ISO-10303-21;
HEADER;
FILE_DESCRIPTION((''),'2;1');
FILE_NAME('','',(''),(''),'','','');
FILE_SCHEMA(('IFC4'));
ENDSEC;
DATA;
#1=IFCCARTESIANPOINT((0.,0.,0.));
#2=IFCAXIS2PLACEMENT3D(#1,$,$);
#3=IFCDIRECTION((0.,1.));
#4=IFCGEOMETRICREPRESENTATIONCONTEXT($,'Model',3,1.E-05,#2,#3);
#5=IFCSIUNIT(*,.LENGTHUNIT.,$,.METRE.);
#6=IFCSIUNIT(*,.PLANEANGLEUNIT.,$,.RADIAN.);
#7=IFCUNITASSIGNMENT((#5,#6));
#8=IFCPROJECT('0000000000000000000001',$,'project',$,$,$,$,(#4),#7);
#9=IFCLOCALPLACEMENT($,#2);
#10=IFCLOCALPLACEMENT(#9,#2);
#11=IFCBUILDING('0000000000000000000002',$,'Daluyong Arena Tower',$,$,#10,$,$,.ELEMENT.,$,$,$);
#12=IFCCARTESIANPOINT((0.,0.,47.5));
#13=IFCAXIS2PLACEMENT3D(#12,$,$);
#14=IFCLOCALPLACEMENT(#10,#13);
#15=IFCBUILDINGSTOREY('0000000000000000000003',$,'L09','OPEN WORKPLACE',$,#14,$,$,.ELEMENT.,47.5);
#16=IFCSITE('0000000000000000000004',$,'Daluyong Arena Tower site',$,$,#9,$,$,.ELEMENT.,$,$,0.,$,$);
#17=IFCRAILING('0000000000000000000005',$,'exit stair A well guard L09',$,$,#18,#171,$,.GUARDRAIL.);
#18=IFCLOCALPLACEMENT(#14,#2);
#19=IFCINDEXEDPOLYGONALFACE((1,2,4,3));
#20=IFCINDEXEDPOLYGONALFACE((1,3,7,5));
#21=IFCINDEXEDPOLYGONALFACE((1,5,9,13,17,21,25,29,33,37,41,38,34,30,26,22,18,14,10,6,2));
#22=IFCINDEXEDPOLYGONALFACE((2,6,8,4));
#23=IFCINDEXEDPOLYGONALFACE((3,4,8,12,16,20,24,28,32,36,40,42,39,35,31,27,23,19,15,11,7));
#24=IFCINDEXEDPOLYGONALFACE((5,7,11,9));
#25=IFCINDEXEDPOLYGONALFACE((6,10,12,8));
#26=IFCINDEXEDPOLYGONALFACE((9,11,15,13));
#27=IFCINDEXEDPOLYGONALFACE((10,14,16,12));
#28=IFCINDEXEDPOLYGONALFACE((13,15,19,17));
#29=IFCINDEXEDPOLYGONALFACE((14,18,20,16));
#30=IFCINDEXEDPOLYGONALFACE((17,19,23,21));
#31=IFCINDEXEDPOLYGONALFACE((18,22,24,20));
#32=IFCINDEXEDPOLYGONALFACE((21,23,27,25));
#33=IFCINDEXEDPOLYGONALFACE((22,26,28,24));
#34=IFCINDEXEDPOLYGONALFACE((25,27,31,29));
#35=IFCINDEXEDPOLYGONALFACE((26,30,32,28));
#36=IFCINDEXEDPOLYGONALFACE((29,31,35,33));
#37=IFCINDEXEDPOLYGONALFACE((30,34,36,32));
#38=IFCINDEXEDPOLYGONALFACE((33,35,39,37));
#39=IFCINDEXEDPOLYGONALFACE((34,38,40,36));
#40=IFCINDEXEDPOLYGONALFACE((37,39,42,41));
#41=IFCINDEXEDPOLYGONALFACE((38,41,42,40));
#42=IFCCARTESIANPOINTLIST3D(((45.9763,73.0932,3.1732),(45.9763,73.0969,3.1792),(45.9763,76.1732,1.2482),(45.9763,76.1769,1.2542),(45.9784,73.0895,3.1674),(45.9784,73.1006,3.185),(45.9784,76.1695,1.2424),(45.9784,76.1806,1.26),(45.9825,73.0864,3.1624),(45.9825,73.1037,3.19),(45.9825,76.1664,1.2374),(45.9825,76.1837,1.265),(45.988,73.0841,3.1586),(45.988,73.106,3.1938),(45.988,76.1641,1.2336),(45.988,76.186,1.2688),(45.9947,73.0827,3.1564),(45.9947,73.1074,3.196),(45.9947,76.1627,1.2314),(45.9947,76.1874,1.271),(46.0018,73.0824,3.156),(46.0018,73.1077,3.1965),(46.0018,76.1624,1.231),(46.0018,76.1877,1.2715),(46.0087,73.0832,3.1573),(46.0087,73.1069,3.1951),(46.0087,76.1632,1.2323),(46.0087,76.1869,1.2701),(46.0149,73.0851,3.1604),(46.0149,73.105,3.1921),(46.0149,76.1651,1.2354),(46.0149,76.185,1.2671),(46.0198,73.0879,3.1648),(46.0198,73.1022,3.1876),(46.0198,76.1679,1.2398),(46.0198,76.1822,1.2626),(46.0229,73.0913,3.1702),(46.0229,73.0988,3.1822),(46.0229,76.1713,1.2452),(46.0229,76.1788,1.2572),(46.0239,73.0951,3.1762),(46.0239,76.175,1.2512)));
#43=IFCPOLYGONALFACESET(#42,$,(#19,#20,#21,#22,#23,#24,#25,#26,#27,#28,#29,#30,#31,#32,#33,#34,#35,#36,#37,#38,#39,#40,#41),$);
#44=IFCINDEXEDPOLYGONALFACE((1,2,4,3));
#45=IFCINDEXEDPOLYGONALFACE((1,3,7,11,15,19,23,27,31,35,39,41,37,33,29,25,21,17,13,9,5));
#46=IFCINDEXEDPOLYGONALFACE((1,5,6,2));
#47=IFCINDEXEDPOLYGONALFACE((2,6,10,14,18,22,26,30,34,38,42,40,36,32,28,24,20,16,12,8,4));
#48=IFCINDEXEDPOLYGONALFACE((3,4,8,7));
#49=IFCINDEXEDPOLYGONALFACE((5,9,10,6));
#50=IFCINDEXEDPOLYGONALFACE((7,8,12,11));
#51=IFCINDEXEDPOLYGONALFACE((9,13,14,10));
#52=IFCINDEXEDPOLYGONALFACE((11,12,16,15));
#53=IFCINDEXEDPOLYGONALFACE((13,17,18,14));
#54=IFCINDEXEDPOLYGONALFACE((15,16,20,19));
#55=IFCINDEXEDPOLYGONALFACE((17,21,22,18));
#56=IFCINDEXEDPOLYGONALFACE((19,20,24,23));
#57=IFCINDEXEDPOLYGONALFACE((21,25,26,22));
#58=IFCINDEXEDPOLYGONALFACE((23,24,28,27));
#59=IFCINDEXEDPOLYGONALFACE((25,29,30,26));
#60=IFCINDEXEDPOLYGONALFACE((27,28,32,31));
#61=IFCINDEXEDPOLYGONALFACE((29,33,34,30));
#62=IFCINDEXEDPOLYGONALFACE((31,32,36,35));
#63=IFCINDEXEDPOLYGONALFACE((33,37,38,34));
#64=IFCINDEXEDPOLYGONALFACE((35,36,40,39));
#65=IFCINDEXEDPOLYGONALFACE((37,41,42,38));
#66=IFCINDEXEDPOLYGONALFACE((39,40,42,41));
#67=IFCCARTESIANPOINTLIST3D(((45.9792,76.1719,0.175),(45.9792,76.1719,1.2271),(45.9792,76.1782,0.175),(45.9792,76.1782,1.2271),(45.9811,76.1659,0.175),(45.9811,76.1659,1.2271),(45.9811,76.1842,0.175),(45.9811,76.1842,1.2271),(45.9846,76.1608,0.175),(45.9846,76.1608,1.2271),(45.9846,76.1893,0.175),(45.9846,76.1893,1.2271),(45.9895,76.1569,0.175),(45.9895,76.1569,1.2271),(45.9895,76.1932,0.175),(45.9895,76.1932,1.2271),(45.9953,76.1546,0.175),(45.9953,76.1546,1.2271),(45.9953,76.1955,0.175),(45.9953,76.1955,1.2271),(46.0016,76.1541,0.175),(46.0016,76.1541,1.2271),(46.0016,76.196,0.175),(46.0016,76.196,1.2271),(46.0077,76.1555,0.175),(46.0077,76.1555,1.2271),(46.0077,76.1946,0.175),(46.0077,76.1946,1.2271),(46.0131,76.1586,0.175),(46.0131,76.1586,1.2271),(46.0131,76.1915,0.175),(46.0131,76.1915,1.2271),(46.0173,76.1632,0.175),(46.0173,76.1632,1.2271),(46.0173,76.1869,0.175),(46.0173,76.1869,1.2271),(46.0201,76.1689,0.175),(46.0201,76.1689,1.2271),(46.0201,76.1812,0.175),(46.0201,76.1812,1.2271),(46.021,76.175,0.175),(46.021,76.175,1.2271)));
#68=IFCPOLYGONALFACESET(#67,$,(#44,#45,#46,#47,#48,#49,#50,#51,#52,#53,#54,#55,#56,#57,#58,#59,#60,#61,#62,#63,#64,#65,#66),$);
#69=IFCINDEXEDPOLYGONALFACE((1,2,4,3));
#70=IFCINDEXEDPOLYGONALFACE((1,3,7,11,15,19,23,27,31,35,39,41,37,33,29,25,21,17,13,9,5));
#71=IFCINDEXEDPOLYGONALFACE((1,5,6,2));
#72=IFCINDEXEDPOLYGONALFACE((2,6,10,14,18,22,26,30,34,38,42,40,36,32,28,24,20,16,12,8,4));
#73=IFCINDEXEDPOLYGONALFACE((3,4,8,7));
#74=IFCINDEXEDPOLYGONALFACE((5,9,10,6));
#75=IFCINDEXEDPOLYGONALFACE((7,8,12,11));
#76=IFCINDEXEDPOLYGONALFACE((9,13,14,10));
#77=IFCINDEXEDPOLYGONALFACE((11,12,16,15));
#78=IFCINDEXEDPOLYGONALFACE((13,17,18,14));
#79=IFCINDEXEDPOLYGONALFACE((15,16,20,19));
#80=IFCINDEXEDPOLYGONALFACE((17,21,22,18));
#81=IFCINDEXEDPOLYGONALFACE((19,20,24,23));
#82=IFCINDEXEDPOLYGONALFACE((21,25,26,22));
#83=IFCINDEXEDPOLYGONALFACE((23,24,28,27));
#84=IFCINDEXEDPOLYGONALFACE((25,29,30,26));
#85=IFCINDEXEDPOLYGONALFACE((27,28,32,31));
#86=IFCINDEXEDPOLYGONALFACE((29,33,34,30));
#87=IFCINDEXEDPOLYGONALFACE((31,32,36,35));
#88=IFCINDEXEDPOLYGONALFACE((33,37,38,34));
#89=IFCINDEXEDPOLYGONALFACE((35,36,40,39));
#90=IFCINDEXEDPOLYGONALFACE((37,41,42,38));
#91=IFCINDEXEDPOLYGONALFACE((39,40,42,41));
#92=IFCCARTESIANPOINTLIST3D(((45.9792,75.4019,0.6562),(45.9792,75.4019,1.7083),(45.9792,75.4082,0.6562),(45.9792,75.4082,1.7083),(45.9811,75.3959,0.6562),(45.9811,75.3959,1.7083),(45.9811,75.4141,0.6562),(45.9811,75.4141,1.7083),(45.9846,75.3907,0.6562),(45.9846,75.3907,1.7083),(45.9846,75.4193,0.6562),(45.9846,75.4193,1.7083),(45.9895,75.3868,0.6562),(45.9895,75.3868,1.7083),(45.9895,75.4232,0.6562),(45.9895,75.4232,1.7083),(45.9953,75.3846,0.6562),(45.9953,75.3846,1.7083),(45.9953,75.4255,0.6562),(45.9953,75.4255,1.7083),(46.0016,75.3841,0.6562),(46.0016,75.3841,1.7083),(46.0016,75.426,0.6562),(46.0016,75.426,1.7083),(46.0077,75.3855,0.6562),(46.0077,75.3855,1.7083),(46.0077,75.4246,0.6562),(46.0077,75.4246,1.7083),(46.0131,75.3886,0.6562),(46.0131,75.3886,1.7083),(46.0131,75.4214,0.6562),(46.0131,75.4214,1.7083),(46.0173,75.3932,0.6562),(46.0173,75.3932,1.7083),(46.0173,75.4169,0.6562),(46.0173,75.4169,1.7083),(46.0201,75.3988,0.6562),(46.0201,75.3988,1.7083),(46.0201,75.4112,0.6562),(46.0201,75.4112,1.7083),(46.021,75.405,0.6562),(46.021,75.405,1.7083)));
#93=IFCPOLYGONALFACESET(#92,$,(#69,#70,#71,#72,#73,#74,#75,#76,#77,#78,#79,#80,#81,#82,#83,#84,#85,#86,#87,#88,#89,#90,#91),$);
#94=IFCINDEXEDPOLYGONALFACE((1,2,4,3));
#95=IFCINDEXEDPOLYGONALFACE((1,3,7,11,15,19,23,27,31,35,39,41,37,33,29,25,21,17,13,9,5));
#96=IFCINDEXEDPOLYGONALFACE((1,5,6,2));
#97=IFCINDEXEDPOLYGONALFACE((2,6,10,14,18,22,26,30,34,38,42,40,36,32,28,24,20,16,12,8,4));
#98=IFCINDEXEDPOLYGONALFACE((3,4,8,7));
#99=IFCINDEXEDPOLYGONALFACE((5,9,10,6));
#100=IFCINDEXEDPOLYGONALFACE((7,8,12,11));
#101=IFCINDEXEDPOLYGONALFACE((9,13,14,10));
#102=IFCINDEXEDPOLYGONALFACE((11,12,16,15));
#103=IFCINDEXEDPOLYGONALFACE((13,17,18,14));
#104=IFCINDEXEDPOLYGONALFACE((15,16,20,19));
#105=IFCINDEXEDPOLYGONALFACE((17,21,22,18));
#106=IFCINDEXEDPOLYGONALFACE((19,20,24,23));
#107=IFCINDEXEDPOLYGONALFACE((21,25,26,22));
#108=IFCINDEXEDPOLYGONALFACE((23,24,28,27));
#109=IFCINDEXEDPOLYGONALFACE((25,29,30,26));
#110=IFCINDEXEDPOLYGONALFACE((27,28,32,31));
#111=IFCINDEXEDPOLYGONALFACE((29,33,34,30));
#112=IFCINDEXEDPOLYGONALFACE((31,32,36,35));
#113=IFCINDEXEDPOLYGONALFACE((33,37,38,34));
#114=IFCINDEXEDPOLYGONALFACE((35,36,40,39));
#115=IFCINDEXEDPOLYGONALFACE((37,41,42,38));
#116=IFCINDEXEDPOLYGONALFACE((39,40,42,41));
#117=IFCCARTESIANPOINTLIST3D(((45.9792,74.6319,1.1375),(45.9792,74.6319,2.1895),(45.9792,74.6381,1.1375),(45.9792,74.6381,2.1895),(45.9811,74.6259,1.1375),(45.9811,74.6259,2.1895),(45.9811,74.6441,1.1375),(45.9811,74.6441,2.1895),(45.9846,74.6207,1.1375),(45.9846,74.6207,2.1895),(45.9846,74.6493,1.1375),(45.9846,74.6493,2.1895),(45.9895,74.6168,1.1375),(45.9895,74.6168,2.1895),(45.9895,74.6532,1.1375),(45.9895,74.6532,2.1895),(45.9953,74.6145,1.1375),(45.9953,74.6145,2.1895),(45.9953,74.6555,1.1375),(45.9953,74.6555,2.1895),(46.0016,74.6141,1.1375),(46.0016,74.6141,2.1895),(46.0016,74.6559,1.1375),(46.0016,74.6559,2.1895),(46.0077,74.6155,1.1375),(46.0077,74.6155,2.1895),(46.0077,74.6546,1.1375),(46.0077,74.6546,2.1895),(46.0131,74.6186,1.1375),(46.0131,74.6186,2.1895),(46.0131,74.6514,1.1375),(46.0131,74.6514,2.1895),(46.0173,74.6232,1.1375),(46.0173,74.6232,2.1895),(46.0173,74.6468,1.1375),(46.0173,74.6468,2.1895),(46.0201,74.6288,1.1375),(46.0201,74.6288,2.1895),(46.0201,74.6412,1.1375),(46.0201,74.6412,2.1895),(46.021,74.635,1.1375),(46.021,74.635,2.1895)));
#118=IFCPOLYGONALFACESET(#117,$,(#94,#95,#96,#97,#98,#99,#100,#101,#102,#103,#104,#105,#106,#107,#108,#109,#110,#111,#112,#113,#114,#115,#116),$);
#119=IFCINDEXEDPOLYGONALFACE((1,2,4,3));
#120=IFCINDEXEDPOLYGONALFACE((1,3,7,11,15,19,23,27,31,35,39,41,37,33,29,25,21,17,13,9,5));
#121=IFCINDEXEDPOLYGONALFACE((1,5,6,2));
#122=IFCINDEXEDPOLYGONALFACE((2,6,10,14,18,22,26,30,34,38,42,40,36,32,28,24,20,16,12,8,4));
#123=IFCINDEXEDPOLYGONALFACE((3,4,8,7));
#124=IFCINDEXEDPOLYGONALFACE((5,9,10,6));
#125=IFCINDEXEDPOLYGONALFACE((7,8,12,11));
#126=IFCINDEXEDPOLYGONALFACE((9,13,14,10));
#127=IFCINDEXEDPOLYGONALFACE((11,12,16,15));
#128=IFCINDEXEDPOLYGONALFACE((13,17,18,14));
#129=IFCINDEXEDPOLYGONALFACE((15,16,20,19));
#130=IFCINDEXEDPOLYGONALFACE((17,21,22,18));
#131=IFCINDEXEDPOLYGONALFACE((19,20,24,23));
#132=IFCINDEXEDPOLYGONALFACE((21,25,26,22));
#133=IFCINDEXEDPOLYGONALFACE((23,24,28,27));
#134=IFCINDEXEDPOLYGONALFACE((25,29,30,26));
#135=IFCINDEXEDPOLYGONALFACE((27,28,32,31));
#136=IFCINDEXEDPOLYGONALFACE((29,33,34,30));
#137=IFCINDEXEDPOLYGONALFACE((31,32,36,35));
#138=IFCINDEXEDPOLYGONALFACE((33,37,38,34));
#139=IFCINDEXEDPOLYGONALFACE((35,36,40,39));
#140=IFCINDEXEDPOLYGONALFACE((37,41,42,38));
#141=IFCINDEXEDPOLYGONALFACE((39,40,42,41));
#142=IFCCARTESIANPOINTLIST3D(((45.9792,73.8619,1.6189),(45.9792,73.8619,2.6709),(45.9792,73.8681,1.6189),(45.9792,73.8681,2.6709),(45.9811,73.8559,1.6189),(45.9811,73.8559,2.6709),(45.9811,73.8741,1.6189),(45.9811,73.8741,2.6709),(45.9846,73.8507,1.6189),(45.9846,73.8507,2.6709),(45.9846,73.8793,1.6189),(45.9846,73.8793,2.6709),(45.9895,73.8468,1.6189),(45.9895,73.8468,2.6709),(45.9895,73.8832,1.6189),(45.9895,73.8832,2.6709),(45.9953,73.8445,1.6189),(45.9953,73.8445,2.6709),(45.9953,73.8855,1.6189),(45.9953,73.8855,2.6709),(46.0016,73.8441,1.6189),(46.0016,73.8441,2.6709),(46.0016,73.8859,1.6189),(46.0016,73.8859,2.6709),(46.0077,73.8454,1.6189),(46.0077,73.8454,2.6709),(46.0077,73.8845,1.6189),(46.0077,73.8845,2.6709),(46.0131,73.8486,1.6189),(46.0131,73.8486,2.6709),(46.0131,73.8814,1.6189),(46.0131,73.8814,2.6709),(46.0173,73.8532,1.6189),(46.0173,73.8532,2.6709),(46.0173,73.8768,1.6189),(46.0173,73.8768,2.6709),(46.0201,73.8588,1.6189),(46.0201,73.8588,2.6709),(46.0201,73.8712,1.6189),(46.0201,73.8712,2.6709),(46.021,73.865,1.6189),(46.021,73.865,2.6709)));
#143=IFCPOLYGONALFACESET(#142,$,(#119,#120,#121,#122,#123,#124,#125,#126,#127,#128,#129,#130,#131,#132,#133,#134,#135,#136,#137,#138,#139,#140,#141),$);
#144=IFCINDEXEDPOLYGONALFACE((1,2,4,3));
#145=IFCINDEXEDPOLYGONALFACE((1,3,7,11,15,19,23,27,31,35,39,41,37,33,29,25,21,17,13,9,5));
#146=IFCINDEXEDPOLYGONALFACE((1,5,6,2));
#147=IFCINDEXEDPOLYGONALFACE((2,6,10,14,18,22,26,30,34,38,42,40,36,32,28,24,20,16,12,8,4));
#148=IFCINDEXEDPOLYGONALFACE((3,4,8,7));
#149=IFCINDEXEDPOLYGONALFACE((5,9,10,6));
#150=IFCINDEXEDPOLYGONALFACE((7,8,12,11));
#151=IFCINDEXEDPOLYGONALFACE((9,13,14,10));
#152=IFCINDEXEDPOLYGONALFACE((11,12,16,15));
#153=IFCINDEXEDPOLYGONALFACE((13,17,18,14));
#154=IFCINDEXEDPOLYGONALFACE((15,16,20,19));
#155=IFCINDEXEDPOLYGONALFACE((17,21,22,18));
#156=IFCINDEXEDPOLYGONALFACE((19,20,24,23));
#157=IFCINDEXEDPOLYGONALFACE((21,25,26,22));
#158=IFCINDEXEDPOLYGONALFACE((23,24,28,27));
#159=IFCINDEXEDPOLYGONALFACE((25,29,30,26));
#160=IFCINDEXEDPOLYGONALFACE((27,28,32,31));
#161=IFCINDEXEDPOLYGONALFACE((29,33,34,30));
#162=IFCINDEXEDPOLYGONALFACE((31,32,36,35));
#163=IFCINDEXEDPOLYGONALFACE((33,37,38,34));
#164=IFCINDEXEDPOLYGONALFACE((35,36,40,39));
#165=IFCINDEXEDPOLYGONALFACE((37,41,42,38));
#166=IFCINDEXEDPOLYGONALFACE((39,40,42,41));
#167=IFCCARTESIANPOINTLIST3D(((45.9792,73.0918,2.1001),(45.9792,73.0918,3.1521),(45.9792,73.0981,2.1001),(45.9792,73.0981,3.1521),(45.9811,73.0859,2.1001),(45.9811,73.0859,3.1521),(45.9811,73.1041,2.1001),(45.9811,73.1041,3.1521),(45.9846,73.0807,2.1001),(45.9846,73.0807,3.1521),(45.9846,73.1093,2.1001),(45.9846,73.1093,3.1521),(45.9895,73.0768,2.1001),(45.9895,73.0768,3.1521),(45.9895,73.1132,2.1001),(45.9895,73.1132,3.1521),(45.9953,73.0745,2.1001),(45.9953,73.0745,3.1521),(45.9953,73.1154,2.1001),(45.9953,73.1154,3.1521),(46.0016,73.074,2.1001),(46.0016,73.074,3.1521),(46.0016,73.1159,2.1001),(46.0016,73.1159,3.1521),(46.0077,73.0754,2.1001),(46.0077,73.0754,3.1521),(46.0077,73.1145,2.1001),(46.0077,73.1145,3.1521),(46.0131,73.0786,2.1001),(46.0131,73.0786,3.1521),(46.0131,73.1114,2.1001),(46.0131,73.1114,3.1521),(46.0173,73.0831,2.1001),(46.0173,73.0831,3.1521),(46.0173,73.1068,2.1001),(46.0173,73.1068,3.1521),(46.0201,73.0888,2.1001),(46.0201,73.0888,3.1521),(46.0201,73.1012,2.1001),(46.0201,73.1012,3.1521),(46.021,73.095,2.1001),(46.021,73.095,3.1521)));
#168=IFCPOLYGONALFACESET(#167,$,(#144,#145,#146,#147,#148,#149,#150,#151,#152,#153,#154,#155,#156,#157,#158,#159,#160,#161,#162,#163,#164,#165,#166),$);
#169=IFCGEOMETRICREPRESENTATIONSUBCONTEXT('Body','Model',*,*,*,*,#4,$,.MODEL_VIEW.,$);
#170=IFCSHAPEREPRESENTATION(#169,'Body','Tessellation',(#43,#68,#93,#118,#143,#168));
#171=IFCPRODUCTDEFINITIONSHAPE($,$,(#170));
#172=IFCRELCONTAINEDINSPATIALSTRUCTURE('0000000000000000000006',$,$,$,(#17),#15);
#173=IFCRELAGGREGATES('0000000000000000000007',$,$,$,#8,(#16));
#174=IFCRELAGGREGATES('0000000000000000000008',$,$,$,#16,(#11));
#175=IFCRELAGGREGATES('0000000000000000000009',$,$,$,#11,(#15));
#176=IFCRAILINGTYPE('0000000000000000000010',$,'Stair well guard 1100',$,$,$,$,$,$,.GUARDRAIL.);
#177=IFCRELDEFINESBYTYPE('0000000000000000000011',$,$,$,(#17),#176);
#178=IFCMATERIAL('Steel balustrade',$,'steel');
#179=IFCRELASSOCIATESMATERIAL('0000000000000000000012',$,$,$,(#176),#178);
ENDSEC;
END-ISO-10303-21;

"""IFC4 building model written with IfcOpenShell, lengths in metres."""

from ifc_helpers import new_model, si_unit, direction, frame, origin, origin_2d, place, context, subcontext, project, spatial, circle, extrude, material, type_object, element, save


model = new_model("IFC4")

# Units and contexts
model_context = context("Model", 3, precision=1e-05, world=origin(), true_north=direction((0.0, 1.0)))
body_context = subcontext(model_context, "Body", "Model", "MODEL_VIEW")
ifc_project = project(units=[si_unit("LENGTHUNIT", "METRE"), si_unit("PLANEANGLEUNIT", "RADIAN")], contexts=[model_context])

# Site, building, storey
site_placement = place(None, origin())
site = spatial("IfcSite", under=ifc_project, at=site_placement, Name="Daluyong Arena Tower site", CompositionType="ELEMENT", RefElevation=0.0)
building_placement = place(site_placement, origin())
building = spatial("IfcBuilding", under=site, at=building_placement, Name="Daluyong Arena Tower", CompositionType="ELEMENT")
storey_placement = place(building_placement, frame((0.0, 0.0, 47.5)))
storey = spatial("IfcBuildingStorey", under=building, at=storey_placement, Name="L09", Description="OPEN WORKPLACE", CompositionType="ELEMENT", Elevation=47.5)

# Railing
ifc_material_1 = material(Name="Steel balustrade", Category="steel")
railing_type_1 = type_object("IfcRailingType", Name="Stair well guard 1100", PredefinedType="GUARDRAIL", material=ifc_material_1)
railing_1_placement = place(storey_placement, frame((46.0, 76.175, 0.175)))
element("IfcRailing", 1, at=railing_1_placement, inside=storey, type_object=railing_type_1, Name="exit stair A well guard L09", PredefinedType="GUARDRAIL", context=body_context, shape_type="SweptSolid", body=[
    extrude(circle(Radius=0.0239, at=origin_2d()), frame((0.0, 0.0, 1.0762), z_axis=(0.0, -0.847998, 0.529999), x_axis=(1.0, 0.0, 0.0)), (0.0, 0.0, 1.0), 3.6321),
    extrude(circle(Radius=0.021, at=origin_2d()), origin(), (0.0, 0.0, 1.0), 1.052),
    extrude(circle(Radius=0.021, at=origin_2d()), frame((0.0, -0.77, 0.4812)), (0.0, 0.0, 1.0), 1.052),
    extrude(circle(Radius=0.021, at=origin_2d()), frame((0.0, -1.54, 0.9624)), (0.0, 0.0, 1.0), 1.052),
    extrude(circle(Radius=0.021, at=origin_2d()), frame((0.0, -2.3101, 1.4438)), (0.0, 0.0, 1.0), 1.052),
    extrude(circle(Radius=0.021, at=origin_2d()), frame((0.0, -3.0801, 1.925)), (0.0, 0.0, 1.0), 1.052),
])

save(model, "model.ifc")
